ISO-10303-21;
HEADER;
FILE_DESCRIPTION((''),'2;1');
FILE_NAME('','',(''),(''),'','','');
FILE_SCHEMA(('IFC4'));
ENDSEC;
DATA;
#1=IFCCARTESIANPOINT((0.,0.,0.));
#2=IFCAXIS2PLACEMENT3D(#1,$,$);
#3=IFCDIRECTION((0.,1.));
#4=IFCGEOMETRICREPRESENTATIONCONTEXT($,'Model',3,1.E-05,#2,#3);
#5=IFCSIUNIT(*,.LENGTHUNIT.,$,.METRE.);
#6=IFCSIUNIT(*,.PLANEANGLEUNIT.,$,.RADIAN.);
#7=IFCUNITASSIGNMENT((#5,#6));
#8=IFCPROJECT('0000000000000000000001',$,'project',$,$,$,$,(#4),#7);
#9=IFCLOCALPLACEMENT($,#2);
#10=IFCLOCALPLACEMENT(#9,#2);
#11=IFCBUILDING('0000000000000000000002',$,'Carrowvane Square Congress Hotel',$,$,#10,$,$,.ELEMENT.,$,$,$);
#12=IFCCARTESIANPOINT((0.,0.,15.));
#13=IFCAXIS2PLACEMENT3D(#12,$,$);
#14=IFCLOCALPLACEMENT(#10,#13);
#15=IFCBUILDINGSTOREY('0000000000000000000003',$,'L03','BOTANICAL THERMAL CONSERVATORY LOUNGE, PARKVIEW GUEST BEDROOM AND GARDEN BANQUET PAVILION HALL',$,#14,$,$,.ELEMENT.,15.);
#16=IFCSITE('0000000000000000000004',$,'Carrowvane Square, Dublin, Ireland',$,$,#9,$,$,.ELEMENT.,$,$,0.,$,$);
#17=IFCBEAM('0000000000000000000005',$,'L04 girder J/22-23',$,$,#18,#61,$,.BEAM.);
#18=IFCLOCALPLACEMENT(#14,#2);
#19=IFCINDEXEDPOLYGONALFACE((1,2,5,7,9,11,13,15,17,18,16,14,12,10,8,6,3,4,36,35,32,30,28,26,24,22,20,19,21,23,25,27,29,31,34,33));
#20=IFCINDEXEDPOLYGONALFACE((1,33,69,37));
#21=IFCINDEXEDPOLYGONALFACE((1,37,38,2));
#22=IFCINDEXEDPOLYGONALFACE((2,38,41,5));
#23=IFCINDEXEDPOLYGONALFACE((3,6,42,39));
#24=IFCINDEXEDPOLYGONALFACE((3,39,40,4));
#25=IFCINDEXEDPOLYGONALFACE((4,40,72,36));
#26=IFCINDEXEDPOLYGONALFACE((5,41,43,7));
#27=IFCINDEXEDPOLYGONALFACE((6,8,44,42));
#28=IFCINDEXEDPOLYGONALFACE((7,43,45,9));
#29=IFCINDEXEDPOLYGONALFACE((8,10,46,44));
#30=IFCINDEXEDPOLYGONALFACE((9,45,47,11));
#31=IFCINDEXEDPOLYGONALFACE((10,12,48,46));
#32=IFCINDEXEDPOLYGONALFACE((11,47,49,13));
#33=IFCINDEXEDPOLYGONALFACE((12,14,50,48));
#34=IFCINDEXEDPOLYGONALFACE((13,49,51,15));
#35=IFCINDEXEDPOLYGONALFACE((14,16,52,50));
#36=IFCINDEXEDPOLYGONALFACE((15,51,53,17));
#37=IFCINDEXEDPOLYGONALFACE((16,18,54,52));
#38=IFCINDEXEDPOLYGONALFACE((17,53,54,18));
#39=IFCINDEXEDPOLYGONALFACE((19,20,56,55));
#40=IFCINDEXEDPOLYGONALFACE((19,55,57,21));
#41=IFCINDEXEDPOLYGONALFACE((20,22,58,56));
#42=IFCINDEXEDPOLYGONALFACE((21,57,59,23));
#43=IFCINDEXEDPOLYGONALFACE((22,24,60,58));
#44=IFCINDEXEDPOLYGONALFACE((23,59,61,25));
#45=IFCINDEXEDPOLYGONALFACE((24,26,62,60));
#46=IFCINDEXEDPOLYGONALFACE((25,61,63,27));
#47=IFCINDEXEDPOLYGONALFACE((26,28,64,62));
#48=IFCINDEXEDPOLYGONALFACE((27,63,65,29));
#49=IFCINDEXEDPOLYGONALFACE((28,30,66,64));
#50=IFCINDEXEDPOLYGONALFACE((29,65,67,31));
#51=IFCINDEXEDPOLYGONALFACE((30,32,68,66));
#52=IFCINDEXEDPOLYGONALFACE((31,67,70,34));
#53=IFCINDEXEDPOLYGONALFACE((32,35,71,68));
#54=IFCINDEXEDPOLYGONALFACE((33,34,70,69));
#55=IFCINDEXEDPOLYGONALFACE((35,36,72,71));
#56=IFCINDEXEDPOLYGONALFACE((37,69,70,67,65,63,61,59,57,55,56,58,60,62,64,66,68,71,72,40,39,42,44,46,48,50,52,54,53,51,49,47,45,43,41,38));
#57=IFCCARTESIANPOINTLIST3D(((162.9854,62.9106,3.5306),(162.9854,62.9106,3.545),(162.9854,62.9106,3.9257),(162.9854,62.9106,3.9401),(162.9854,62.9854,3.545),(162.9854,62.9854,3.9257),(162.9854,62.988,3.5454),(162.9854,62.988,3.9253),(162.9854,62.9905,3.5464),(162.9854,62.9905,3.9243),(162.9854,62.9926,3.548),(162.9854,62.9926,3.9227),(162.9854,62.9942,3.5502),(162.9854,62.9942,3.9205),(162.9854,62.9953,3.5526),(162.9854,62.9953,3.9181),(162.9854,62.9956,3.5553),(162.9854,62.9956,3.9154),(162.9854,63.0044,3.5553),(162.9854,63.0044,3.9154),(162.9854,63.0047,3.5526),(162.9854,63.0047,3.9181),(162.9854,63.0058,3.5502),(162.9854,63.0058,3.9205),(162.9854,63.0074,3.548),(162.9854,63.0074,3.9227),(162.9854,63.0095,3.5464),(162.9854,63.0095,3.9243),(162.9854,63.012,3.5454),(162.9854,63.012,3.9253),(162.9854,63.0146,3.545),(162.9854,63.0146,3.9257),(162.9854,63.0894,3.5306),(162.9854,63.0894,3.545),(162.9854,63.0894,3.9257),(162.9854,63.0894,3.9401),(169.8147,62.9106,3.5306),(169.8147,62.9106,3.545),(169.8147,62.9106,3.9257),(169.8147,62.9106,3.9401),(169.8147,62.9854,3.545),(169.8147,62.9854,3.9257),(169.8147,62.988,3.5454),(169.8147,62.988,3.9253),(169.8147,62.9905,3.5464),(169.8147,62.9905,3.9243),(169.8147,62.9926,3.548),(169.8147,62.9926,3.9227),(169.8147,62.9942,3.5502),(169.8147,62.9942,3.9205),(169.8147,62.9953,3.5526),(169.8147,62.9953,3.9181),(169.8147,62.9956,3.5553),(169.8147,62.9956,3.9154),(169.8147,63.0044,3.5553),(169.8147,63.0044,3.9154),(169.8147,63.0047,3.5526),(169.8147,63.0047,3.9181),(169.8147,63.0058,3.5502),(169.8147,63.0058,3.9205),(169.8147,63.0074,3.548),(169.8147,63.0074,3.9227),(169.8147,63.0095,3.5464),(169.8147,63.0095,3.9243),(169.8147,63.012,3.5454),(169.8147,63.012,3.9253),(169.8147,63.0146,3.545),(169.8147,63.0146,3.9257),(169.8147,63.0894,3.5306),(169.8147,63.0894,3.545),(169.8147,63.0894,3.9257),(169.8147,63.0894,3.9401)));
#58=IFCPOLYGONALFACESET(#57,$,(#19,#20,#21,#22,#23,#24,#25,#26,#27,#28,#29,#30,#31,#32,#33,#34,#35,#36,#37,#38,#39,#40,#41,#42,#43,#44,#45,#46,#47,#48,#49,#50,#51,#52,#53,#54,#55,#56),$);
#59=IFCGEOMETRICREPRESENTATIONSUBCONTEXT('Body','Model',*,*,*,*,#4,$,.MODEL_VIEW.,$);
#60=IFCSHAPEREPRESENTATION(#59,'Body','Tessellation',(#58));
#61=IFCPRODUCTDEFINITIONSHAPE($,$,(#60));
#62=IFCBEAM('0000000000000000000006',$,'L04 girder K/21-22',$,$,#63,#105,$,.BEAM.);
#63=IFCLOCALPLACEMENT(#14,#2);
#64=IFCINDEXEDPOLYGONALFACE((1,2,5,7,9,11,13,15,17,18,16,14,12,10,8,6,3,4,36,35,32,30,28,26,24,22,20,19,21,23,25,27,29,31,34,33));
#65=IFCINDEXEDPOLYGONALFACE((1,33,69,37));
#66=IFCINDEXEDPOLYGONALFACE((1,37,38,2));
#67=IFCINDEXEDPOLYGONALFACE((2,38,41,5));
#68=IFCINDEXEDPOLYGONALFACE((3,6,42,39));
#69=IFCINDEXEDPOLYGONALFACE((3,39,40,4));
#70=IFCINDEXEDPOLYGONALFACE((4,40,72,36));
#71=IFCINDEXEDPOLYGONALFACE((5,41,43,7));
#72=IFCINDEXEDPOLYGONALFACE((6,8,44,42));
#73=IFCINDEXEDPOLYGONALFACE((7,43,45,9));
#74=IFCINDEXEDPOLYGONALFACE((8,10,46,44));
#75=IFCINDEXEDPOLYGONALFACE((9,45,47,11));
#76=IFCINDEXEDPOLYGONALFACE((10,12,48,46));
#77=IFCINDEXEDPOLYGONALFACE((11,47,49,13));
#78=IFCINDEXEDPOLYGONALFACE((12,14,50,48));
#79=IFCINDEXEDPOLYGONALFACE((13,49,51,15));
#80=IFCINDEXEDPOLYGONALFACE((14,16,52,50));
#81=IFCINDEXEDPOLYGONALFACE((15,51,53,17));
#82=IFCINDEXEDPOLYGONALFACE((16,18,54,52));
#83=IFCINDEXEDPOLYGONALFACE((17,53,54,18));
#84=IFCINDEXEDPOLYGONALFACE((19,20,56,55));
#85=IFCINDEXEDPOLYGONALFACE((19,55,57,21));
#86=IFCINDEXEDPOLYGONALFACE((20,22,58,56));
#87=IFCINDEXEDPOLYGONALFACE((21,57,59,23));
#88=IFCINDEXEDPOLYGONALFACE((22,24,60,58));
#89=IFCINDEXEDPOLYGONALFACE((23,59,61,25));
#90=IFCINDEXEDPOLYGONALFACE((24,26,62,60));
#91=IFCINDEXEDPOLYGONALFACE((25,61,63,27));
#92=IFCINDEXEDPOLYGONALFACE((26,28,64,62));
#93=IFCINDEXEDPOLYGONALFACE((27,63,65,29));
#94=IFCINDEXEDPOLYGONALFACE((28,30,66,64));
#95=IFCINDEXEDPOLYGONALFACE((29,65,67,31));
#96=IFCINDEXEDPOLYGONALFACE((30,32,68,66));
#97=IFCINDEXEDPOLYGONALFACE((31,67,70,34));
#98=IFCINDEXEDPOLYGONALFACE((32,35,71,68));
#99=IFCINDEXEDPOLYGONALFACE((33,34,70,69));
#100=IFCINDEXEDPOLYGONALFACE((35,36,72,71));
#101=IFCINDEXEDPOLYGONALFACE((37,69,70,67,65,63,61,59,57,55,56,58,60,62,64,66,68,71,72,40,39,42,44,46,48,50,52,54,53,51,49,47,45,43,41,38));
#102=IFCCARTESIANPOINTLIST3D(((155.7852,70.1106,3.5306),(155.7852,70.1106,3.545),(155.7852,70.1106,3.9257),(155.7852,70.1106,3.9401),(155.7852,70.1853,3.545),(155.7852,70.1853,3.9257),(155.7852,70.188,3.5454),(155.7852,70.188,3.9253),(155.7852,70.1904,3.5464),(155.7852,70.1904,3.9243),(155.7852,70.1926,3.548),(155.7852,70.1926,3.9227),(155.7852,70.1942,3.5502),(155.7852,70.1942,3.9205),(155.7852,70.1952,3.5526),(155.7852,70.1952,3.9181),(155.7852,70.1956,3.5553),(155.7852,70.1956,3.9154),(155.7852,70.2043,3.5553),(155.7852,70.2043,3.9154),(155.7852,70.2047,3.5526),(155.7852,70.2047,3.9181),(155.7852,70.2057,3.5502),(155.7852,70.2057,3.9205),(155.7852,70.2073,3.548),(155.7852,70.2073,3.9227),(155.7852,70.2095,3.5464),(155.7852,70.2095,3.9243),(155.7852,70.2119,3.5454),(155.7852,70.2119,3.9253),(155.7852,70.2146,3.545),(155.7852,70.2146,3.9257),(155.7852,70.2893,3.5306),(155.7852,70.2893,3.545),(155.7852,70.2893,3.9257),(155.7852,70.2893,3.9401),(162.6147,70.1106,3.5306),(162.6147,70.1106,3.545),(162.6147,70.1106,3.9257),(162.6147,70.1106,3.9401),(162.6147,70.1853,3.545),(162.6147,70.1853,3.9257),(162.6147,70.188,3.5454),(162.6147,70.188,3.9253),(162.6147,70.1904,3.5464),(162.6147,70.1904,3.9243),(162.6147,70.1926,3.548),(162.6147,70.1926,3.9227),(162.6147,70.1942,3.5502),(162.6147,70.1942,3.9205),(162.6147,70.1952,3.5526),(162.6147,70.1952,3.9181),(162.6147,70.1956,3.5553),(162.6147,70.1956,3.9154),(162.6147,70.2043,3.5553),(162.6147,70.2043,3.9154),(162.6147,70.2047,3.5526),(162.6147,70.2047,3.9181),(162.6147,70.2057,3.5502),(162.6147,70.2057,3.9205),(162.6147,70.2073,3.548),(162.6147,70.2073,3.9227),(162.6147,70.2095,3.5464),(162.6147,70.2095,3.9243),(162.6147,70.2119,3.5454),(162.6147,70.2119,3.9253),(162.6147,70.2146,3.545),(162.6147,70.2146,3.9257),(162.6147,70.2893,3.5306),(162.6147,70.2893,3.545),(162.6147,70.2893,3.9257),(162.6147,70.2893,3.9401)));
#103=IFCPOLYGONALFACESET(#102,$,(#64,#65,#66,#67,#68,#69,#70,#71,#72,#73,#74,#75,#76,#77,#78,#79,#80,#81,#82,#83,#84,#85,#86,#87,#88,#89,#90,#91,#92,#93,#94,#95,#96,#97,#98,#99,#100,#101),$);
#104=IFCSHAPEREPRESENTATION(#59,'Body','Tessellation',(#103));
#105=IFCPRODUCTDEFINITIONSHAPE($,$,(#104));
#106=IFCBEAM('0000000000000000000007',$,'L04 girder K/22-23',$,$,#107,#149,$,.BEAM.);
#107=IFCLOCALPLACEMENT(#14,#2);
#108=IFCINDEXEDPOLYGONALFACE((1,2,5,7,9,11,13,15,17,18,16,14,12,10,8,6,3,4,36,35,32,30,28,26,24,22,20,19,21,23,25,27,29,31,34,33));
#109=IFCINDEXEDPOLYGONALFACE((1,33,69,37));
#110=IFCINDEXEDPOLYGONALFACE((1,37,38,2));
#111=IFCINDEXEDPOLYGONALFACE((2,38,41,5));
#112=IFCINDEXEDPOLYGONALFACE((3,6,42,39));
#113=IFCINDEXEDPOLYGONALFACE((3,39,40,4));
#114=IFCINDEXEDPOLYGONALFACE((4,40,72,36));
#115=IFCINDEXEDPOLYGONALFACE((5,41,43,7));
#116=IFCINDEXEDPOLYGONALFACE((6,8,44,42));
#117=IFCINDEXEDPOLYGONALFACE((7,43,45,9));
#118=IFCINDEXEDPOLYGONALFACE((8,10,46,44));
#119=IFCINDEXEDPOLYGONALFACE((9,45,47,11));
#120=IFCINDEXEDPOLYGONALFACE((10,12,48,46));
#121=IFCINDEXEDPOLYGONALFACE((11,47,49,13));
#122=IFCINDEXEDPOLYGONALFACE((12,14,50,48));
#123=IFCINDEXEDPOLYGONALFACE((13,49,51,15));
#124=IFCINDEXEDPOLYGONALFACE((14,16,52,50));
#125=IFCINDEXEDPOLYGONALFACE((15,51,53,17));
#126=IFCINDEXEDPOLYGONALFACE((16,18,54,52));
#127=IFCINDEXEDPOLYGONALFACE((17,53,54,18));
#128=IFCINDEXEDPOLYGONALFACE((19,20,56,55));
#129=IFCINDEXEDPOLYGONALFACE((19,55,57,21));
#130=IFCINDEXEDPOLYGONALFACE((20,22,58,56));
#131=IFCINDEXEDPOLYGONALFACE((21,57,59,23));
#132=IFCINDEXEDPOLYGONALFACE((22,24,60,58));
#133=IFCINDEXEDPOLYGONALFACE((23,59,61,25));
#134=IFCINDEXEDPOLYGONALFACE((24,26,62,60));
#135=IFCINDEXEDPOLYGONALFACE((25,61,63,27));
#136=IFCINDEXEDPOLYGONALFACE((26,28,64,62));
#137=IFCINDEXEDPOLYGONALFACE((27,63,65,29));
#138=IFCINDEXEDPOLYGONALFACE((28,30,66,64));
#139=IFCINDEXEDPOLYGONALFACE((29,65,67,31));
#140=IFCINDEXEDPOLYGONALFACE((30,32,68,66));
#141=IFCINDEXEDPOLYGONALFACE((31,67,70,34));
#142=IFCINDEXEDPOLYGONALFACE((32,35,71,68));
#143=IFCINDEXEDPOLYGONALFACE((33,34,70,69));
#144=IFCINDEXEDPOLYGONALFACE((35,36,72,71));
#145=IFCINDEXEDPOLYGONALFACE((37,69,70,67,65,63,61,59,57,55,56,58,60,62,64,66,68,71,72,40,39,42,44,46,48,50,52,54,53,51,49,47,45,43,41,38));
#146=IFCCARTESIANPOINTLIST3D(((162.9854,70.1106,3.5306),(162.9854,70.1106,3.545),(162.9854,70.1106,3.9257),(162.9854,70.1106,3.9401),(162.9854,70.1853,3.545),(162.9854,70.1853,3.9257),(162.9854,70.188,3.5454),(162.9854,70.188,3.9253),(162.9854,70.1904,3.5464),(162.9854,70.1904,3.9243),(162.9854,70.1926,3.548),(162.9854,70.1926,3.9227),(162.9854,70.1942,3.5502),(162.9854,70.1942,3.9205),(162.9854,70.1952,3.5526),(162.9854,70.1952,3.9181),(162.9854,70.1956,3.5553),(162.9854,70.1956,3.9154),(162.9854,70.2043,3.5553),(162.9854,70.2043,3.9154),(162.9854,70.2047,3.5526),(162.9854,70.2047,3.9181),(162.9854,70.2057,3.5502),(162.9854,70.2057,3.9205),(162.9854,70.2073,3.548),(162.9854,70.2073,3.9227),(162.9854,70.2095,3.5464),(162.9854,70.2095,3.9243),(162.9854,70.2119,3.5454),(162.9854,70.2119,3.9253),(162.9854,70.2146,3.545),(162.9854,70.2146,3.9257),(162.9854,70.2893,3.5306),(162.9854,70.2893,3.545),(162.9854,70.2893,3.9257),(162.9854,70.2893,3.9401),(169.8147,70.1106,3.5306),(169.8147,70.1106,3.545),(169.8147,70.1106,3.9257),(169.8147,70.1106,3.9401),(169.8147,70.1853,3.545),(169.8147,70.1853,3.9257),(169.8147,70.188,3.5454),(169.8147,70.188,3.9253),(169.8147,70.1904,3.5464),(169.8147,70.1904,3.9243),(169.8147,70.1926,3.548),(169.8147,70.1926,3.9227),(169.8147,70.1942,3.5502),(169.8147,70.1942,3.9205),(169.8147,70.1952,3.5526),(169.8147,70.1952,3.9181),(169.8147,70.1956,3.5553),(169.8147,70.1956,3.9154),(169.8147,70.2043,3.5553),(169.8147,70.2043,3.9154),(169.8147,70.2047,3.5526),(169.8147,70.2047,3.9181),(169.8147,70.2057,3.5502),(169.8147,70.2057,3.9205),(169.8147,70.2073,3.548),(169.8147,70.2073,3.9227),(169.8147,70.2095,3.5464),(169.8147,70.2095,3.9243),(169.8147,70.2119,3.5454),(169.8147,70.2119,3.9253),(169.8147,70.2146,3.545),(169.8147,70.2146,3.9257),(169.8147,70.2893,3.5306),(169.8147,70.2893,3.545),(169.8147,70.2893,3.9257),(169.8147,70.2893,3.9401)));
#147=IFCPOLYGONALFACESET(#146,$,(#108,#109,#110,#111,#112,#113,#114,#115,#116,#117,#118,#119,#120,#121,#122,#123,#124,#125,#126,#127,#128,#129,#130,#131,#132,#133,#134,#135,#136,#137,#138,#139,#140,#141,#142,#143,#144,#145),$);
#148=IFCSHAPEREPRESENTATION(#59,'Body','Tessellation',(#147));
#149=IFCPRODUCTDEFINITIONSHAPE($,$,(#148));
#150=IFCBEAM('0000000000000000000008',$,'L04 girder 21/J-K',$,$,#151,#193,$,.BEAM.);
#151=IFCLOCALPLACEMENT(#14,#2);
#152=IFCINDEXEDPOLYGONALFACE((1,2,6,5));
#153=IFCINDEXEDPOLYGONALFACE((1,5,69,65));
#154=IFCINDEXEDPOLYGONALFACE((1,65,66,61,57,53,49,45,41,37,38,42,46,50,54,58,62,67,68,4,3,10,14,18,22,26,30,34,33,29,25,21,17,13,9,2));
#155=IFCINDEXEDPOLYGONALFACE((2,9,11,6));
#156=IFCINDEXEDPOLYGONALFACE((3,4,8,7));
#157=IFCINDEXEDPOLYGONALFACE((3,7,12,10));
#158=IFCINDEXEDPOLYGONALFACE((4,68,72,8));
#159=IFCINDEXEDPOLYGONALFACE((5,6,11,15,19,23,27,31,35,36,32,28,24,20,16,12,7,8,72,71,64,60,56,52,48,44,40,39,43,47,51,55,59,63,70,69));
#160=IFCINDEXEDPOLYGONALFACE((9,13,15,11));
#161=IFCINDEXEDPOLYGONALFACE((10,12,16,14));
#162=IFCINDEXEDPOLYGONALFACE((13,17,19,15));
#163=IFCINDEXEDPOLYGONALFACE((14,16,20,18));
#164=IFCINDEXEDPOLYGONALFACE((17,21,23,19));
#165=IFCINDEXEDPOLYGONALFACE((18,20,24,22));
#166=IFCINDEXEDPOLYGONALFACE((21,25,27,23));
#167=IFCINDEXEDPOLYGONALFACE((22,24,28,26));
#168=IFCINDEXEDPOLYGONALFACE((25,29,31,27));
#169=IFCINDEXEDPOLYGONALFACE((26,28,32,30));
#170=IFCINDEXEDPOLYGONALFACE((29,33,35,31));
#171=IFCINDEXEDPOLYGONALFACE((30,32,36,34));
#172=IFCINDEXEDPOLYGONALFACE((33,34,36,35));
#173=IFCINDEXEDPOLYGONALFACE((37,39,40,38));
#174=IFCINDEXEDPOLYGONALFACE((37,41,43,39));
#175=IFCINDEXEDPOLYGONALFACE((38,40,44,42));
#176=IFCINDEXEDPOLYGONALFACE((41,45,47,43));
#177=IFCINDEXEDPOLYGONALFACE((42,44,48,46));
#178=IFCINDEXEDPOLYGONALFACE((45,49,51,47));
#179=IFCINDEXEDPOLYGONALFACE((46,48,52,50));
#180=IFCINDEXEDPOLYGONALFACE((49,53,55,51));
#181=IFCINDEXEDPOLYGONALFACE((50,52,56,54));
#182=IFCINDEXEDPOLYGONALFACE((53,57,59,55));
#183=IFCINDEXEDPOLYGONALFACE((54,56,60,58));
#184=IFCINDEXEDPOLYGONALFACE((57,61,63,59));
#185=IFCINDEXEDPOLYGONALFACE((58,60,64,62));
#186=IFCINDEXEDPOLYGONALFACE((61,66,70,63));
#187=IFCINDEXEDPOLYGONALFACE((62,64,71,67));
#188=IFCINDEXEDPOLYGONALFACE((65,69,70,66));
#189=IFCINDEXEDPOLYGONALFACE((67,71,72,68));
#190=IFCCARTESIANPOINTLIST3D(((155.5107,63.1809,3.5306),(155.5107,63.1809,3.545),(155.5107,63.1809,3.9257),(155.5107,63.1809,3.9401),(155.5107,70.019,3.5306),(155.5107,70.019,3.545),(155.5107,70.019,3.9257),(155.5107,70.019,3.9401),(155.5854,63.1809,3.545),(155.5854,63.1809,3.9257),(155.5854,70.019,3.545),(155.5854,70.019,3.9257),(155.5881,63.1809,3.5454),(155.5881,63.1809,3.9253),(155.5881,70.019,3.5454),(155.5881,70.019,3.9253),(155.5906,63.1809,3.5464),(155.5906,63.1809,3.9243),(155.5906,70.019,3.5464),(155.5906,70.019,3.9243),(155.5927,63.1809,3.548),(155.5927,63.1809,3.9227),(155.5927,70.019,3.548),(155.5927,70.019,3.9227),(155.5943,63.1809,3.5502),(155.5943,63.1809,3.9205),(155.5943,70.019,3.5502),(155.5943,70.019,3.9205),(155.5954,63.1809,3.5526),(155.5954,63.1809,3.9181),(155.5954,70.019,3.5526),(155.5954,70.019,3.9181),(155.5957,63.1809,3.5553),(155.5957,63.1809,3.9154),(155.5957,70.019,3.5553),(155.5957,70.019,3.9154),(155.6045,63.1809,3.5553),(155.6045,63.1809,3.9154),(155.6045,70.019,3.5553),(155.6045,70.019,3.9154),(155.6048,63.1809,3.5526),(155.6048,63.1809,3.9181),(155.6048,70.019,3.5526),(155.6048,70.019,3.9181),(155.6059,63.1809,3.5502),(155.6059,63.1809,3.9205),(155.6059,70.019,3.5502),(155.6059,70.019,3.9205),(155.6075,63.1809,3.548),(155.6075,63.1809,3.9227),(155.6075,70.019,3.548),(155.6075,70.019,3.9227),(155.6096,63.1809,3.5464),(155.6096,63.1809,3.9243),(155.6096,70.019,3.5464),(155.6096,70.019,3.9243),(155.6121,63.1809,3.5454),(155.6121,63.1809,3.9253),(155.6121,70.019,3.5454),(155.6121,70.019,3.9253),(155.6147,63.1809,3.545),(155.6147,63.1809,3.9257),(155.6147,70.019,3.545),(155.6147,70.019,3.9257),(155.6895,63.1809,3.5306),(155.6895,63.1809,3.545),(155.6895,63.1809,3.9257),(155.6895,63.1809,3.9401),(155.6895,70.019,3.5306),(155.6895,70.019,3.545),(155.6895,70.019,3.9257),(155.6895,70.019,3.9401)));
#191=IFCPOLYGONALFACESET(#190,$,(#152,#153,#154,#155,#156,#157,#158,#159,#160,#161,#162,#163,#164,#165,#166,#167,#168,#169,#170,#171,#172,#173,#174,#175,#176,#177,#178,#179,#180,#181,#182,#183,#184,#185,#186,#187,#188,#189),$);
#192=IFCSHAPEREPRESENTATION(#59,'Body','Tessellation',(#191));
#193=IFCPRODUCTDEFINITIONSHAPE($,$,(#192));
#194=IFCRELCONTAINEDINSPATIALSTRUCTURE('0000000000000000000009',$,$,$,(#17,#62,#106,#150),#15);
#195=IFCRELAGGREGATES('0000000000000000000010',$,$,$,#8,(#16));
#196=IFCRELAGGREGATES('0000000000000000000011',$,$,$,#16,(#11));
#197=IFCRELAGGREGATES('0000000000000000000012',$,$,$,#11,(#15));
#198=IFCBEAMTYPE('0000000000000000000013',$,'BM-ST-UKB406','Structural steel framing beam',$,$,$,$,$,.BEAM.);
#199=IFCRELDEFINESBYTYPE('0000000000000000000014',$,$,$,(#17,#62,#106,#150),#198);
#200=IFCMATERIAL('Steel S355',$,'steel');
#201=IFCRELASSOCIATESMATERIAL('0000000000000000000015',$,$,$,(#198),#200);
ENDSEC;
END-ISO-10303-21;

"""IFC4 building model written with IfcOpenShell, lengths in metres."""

from ifc_helpers import new_model, si_unit, direction, frame, origin, origin_2d, place, context, subcontext, project, spatial, i_section, extrude, material, material_profile, profile_set, type_object, element, save


model = new_model("IFC4")

# Units and contexts
model_context = context("Model", 3, precision=1e-05, world=origin(), true_north=direction((0.0, 1.0)))
body_context = subcontext(model_context, "Body", "Model", "MODEL_VIEW")
ifc_project = project(units=[si_unit("LENGTHUNIT", "METRE"), si_unit("PLANEANGLEUNIT", "RADIAN")], contexts=[model_context])

# Site, building, storey
site_placement = place(None, origin())
site = spatial("IfcSite", under=ifc_project, at=site_placement, Name="Carrowvane Square, Dublin, Ireland", CompositionType="ELEMENT", RefElevation=0.0)
building_placement = place(site_placement, origin())
building = spatial("IfcBuilding", under=site, at=building_placement, Name="Carrowvane Square Congress Hotel", CompositionType="ELEMENT")
storey_placement = place(building_placement, frame((0.0, 0.0, 15.0)))
storey = spatial("IfcBuildingStorey", under=building, at=storey_placement, Name="L03", Description="BOTANICAL THERMAL CONSERVATORY LOUNGE, PARKVIEW GUEST BEDROOM AND GARDEN BANQUET PAVILION HALL", CompositionType="ELEMENT", Elevation=15.0)

# Beams
ifc_material_1 = material(Name="Steel S355", Category="steel")
ifc_material_profile_1 = material_profile(ifc_material_1, i_section(OverallWidth=0.1787, OverallDepth=0.4094, WebThickness=0.0088, FlangeThickness=0.0144, FilletRadius=0.0103, at=origin_2d()), Name="UKB 406x178x67")
ifc_profile_set_1 = profile_set([ifc_material_profile_1], Name="Steel S355")
beam_type_1 = type_object("IfcBeamType", Name="BM-ST-UKB406", Description="Structural steel framing beam", PredefinedType="BEAM", material=ifc_profile_set_1)
beam_1_placement = place(storey_placement, frame((162.9854, 63.0, 3.7354), z_axis=(1.0, 0.0, 0.0), x_axis=(0.0, 1.0, 0.0)))
element("IfcBeam", 1, at=beam_1_placement, inside=storey, type_object=beam_type_1, Name="L04 girder J/22-23", PredefinedType="BEAM", context=body_context, shape_type="SweptSolid", body=[
    extrude(i_section(OverallWidth=0.1787, OverallDepth=0.4094, WebThickness=0.0088, FlangeThickness=0.0144, FilletRadius=0.0103, at=origin_2d()), origin(), (0.0, 0.0, 1.0), 6.8293),
])
beam_2_placement = place(storey_placement, frame((155.7852, 70.2, 3.7354), z_axis=(1.0, 0.0, 0.0), x_axis=(0.0, 1.0, 0.0)))
element("IfcBeam", 2, at=beam_2_placement, inside=storey, type_object=beam_type_1, Name="L04 girder K/21-22", PredefinedType="BEAM", context=body_context, shape_type="SweptSolid", body=[
    extrude(i_section(OverallWidth=0.1787, OverallDepth=0.4094, WebThickness=0.0088, FlangeThickness=0.0144, FilletRadius=0.0103, at=origin_2d()), origin(), (0.0, 0.0, 1.0), 6.8296),
])
beam_3_placement = place(storey_placement, frame((162.9854, 70.2, 3.7354), z_axis=(1.0, 0.0, 0.0), x_axis=(0.0, 1.0, 0.0)))
element("IfcBeam", 3, at=beam_3_placement, inside=storey, type_object=beam_type_1, Name="L04 girder K/22-23", PredefinedType="BEAM", context=body_context, shape_type="SweptSolid", body=[
    extrude(i_section(OverallWidth=0.1787, OverallDepth=0.4094, WebThickness=0.0088, FlangeThickness=0.0144, FilletRadius=0.0103, at=origin_2d()), origin(), (0.0, 0.0, 1.0), 6.8293),
])
beam_4_placement = place(storey_placement, frame((155.6001, 63.1809, 3.7354), z_axis=(0.0, 1.0, 0.0), x_axis=(-1.0, 0.0, 0.0)))
element("IfcBeam", 4, at=beam_4_placement, inside=storey, type_object=beam_type_1, Name="L04 girder 21/J-K", PredefinedType="BEAM", context=body_context, shape_type="SweptSolid", body=[
    extrude(i_section(OverallWidth=0.1787, OverallDepth=0.4094, WebThickness=0.0088, FlangeThickness=0.0144, FilletRadius=0.0103, at=origin_2d()), origin(), (0.0, 0.0, 1.0), 6.8381),
])

save(model, "model.ifc")
